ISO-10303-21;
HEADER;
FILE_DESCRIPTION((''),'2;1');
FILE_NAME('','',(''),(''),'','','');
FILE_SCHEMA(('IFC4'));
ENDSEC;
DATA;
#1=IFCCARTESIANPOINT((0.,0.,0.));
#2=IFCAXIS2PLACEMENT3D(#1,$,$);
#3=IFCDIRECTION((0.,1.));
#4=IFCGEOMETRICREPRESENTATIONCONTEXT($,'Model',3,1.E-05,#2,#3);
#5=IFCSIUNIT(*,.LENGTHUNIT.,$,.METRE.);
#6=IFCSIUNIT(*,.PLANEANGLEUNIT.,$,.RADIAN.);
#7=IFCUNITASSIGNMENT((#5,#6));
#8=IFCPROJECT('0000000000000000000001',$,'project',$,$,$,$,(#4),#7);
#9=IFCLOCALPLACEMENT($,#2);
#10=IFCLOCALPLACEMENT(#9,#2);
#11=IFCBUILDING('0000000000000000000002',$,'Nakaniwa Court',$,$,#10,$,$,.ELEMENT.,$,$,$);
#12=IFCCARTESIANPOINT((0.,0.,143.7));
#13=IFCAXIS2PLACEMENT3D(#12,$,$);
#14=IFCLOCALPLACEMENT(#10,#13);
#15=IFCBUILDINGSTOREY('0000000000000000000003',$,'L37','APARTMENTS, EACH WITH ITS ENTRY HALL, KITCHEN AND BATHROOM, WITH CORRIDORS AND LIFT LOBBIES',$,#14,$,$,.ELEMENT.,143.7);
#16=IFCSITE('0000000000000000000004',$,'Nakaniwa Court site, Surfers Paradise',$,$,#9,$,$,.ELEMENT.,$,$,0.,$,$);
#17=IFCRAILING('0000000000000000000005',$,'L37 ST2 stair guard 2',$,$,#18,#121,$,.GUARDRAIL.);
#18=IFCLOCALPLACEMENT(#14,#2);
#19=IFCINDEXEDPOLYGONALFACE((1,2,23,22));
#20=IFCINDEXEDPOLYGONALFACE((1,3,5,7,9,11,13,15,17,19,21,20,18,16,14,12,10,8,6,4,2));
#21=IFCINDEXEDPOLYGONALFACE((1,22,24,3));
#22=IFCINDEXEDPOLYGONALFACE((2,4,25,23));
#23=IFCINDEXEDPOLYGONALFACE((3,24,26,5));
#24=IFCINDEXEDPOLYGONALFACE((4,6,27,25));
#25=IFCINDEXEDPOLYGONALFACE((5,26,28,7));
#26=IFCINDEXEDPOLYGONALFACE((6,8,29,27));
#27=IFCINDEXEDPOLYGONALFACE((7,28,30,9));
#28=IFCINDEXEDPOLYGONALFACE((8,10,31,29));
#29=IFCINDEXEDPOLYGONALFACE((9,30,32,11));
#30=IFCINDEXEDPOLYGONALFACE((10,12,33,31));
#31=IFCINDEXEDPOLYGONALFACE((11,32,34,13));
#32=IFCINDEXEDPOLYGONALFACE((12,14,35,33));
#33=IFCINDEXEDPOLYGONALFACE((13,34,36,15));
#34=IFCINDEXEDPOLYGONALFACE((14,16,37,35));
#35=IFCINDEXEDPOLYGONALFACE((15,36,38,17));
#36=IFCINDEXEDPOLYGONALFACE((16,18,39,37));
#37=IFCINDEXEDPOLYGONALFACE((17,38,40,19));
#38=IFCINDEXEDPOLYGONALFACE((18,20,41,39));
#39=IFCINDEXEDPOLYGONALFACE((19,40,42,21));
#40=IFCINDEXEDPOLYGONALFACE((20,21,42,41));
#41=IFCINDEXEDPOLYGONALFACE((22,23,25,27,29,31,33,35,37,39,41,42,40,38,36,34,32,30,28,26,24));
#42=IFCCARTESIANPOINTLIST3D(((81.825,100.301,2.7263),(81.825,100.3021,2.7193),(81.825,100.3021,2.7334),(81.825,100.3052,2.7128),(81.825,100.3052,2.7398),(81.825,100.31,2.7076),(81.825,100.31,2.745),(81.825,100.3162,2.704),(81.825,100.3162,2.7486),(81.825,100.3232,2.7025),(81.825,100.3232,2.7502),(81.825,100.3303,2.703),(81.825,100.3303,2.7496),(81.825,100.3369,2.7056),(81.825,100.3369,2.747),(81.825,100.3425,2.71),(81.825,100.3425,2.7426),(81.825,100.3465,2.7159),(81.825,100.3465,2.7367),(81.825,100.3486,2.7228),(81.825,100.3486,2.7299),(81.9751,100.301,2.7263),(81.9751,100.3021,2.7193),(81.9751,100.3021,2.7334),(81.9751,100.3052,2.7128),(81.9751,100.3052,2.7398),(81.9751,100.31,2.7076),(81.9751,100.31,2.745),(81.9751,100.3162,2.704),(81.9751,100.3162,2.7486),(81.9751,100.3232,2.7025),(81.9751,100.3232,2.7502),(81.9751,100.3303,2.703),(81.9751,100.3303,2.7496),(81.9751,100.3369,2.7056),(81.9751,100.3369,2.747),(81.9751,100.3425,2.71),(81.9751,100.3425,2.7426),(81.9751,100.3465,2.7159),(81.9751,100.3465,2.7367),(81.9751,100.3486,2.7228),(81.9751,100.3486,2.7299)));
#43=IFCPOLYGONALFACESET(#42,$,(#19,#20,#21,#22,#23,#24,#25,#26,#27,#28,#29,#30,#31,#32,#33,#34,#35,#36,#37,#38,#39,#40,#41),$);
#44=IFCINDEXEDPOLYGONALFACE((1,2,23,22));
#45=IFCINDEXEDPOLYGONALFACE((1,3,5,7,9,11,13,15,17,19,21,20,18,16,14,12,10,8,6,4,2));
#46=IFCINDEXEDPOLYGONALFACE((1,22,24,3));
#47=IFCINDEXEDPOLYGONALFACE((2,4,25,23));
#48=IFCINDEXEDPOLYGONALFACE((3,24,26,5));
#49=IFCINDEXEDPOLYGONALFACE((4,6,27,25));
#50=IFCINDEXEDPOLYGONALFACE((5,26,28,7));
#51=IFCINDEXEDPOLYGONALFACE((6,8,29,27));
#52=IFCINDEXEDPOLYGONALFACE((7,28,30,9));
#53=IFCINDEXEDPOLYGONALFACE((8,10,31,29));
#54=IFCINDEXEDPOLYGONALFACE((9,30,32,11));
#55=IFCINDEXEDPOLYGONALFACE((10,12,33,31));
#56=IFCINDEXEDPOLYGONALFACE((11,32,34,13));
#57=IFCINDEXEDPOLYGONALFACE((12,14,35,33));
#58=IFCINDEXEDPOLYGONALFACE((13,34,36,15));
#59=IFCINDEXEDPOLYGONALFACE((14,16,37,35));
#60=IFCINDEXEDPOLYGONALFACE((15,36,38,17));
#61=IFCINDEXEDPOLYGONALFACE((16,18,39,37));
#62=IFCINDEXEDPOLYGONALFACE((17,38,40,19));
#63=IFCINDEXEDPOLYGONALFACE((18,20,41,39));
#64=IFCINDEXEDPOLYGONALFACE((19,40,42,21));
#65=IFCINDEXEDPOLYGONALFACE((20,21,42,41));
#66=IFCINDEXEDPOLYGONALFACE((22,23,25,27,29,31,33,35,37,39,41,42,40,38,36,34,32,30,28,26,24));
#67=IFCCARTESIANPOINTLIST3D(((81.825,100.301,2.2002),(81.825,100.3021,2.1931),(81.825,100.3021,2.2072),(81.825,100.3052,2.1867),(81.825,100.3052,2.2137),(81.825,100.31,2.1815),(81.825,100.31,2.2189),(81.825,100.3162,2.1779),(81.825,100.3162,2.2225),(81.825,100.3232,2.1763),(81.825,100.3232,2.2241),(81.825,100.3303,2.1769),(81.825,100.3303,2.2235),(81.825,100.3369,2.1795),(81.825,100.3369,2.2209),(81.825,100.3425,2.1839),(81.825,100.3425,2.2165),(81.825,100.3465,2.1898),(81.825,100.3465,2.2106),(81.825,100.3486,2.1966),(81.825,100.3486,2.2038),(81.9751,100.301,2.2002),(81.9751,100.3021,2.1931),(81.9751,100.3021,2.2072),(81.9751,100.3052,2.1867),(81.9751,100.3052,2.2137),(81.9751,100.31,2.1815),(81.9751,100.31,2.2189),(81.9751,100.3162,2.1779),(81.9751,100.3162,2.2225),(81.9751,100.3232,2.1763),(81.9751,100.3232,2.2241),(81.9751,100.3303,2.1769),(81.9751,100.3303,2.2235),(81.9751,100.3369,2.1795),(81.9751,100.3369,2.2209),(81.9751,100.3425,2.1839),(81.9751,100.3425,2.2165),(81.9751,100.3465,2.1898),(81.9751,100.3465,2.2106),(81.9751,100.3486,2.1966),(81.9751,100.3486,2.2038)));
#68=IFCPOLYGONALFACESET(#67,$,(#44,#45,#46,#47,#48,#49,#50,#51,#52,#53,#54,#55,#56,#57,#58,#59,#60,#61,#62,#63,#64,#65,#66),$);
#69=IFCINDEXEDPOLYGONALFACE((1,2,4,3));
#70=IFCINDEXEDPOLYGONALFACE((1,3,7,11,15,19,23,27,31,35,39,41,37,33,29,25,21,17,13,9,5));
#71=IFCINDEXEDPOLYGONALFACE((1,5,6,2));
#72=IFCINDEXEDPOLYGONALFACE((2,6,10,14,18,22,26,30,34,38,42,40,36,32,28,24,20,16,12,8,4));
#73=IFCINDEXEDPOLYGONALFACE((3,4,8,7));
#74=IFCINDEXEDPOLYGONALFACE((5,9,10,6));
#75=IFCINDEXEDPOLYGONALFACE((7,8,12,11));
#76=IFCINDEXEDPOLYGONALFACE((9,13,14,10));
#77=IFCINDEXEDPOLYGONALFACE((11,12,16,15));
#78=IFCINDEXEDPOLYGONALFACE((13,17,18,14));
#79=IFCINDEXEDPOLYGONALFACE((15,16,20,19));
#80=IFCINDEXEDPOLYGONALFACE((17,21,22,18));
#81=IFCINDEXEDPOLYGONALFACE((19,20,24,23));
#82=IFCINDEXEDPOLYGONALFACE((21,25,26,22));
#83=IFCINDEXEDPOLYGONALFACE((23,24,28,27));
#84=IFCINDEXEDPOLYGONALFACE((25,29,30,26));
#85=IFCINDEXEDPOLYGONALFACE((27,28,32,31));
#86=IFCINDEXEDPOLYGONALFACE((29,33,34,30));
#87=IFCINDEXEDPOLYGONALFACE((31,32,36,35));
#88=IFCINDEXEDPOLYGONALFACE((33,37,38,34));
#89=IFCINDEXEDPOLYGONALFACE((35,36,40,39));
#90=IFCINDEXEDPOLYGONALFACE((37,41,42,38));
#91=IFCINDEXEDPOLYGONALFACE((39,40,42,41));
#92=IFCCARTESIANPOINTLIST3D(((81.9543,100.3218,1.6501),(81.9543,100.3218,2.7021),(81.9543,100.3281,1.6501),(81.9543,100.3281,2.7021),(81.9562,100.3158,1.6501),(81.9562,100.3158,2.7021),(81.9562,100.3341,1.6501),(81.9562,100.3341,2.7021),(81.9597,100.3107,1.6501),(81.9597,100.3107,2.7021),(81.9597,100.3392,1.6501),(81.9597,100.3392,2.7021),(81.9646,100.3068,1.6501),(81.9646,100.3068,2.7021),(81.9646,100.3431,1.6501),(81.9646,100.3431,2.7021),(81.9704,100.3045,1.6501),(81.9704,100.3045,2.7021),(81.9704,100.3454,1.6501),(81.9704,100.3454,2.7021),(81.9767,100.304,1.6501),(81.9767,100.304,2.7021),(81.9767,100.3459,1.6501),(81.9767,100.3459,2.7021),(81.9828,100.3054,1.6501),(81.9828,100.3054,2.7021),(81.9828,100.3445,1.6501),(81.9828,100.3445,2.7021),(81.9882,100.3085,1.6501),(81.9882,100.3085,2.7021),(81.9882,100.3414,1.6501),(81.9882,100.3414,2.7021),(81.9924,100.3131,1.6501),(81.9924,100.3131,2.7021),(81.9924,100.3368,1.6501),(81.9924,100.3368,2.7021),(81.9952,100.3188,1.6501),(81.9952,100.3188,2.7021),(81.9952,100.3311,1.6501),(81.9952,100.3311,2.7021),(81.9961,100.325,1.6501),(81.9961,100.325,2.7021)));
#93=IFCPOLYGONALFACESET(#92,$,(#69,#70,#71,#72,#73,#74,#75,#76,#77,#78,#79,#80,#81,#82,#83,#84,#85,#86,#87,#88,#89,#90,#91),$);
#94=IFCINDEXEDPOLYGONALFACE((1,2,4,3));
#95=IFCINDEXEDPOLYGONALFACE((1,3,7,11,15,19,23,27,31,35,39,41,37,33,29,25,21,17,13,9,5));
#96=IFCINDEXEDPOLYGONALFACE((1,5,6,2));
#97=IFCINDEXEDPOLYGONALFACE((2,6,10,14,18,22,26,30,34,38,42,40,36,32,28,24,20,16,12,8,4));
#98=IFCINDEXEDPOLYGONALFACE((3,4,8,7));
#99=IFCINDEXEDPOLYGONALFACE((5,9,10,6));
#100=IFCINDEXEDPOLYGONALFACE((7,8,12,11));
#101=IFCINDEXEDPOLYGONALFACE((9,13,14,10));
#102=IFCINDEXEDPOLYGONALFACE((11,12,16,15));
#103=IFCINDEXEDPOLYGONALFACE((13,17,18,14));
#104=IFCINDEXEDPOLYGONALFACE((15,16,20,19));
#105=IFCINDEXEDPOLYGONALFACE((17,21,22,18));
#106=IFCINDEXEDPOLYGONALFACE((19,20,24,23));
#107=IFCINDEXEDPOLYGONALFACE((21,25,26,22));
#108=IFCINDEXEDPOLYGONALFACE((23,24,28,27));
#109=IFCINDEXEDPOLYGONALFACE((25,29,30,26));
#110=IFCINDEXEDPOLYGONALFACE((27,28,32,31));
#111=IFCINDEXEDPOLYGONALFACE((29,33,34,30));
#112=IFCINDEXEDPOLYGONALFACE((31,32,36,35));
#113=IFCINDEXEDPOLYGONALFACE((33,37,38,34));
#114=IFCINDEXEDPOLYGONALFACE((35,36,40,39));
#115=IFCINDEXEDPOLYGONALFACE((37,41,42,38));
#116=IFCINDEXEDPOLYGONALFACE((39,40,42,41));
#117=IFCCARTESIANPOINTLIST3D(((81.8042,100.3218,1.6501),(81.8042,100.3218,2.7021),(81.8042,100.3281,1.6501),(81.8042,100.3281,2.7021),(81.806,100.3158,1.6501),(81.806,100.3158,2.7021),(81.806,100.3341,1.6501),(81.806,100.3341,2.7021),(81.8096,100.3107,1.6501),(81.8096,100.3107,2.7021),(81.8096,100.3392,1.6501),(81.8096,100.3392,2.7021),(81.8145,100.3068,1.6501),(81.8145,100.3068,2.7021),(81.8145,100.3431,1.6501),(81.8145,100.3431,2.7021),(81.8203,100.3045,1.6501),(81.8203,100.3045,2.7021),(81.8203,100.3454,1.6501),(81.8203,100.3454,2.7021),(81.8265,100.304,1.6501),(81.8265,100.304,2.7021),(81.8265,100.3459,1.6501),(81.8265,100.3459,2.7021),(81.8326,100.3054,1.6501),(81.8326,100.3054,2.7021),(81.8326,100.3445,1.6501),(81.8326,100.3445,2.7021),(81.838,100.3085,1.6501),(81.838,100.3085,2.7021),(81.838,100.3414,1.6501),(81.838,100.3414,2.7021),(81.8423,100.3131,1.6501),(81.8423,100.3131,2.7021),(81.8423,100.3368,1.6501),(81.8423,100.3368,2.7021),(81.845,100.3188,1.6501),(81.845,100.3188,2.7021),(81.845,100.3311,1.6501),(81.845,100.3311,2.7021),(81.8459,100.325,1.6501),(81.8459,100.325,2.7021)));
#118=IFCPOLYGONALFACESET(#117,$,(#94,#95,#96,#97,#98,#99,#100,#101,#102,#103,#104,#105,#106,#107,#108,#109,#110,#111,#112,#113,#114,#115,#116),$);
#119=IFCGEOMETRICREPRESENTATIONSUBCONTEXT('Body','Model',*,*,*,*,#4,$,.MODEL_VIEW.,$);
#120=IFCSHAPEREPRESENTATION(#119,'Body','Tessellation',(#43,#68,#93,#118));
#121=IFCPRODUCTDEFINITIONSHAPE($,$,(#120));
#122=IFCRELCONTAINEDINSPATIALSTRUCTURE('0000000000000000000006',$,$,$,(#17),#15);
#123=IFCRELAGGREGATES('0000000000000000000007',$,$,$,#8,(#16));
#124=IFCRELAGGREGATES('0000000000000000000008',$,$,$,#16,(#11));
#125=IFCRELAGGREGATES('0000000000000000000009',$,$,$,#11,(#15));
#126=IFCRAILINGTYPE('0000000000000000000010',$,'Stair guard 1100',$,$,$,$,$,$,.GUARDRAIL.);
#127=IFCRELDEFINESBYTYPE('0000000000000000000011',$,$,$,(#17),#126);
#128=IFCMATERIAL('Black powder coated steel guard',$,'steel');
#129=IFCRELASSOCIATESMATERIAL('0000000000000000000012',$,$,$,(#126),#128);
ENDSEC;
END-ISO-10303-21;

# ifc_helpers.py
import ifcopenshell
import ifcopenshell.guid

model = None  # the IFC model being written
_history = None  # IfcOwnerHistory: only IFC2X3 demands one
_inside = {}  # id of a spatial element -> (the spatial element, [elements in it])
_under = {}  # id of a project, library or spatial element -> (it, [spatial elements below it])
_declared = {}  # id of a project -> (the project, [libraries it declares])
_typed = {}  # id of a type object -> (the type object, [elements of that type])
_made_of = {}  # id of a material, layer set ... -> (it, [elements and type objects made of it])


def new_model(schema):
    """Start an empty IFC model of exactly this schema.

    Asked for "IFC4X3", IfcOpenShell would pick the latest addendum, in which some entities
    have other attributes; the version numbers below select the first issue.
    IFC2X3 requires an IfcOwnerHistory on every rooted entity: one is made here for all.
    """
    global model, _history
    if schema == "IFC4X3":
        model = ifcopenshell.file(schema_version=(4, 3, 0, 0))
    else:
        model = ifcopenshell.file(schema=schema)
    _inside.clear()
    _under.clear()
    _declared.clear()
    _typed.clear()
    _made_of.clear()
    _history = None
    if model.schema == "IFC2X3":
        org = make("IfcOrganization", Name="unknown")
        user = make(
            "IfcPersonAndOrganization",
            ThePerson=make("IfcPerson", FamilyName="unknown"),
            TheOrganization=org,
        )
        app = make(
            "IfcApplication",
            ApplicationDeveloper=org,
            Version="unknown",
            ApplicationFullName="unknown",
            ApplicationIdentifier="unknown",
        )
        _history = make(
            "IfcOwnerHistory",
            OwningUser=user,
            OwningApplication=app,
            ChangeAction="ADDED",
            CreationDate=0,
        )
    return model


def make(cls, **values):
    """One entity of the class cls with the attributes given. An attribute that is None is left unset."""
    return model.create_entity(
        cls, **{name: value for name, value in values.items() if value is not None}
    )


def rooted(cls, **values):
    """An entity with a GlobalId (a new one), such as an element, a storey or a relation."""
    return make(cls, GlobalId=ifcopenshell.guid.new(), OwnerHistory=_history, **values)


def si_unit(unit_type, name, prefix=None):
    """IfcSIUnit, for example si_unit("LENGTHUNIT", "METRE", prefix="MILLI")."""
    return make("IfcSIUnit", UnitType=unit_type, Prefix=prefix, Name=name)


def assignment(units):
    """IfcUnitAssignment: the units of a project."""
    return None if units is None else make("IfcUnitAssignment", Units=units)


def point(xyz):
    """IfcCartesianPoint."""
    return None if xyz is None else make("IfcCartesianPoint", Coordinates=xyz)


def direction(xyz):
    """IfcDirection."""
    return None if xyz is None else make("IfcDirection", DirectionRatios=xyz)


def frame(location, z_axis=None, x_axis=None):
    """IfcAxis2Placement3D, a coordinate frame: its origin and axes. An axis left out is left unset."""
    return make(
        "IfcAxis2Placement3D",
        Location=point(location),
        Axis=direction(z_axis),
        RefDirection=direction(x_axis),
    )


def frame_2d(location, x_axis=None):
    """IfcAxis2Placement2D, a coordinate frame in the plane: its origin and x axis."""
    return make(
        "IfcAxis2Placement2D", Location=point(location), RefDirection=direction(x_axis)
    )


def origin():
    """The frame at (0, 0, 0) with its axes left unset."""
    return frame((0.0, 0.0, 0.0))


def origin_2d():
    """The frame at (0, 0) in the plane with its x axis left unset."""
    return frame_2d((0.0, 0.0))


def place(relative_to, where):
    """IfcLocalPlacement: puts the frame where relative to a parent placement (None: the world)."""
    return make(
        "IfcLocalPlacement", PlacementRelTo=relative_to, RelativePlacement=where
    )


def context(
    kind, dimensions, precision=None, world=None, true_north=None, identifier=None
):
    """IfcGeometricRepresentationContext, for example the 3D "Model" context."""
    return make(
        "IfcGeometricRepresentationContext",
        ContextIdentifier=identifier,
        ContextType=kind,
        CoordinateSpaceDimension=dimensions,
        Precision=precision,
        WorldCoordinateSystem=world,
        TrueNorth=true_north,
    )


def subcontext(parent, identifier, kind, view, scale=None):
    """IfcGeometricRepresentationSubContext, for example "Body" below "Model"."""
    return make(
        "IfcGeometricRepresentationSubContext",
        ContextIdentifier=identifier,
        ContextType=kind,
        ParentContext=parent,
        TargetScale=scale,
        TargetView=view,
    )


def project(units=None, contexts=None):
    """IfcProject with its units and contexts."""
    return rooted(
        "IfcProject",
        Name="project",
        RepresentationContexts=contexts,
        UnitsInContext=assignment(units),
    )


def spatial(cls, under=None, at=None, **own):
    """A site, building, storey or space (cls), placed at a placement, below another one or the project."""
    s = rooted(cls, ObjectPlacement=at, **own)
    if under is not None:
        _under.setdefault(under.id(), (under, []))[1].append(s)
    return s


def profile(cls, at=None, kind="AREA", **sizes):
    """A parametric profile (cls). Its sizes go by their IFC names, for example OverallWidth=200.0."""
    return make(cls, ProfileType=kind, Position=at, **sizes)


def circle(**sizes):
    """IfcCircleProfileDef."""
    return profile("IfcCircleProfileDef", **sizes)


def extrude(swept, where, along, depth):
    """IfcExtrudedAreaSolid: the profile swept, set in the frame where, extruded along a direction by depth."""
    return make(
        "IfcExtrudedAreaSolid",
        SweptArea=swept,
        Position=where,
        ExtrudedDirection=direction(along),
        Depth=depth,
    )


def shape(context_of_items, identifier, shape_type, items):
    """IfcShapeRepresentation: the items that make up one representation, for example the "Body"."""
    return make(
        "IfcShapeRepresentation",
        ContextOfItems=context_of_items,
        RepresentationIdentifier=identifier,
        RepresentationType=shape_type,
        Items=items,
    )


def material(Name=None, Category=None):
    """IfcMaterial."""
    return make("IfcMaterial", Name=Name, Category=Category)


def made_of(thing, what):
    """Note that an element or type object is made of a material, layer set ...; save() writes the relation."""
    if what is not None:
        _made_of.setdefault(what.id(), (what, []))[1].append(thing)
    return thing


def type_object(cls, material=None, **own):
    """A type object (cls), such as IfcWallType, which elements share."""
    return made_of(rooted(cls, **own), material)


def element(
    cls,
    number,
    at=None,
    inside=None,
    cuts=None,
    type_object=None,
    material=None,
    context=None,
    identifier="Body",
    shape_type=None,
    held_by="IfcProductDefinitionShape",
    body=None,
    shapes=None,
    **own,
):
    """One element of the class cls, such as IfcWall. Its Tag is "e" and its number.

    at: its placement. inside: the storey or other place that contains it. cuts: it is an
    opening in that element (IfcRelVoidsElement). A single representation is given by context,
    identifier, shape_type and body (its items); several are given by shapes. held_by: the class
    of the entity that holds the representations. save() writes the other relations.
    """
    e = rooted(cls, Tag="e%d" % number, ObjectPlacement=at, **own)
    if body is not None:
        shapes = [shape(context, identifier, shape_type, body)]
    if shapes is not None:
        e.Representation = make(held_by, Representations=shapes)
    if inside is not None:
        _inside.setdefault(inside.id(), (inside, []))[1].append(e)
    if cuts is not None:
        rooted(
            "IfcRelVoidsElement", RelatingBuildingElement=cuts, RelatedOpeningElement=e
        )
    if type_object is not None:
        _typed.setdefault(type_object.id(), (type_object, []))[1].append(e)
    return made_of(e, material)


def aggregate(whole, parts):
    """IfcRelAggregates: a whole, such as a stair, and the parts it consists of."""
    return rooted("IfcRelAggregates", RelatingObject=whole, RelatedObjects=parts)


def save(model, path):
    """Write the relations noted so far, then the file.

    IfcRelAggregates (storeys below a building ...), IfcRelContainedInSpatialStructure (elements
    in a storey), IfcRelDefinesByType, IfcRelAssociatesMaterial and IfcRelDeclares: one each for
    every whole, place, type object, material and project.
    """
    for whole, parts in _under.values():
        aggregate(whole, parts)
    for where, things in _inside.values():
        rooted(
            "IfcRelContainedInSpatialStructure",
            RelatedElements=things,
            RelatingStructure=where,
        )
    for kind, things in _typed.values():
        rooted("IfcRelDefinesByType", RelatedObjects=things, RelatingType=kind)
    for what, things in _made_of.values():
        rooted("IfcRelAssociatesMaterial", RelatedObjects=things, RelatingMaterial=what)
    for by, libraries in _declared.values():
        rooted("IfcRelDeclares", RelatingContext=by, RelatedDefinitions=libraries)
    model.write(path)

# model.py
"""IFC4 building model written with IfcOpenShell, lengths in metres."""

from ifc_helpers import new_model, si_unit, direction, frame, origin, origin_2d, place, context, subcontext, project, spatial, circle, extrude, material, type_object, element, save


model = new_model("IFC4")

# Units and contexts
model_context = context("Model", 3, precision=1e-05, world=origin(), true_north=direction((0.0, 1.0)))
body_context = subcontext(model_context, "Body", "Model", "MODEL_VIEW")
ifc_project = project(units=[si_unit("LENGTHUNIT", "METRE"), si_unit("PLANEANGLEUNIT", "RADIAN")], contexts=[model_context])

# Site, building, storey
site_placement = place(None, origin())
site = spatial("IfcSite", under=ifc_project, at=site_placement, Name="Nakaniwa Court site, Surfers Paradise", CompositionType="ELEMENT", RefElevation=0.0)
building_placement = place(site_placement, origin())
building = spatial("IfcBuilding", under=site, at=building_placement, Name="Nakaniwa Court", CompositionType="ELEMENT")
storey_placement = place(building_placement, frame((0.0, 0.0, 143.7)))
storey = spatial("IfcBuildingStorey", under=building, at=storey_placement, Name="L37", Description="APARTMENTS, EACH WITH ITS ENTRY HALL, KITCHEN AND BATHROOM, WITH CORRIDORS AND LIFT LOBBIES", CompositionType="ELEMENT", Elevation=143.7)

# Railing
ifc_material_1 = material(Name="Black powder coated steel guard", Category="steel")
railing_type_1 = type_object("IfcRailingType", Name="Stair guard 1100", PredefinedType="GUARDRAIL", material=ifc_material_1)
railing_1_placement = place(storey_placement, frame((81.9751, 100.325, 1.6501)))
element("IfcRailing", 1, at=railing_1_placement, inside=storey, type_object=railing_type_1, Name="L37 ST2 stair guard 2", PredefinedType="GUARDRAIL", context=body_context, shape_type="SweptSolid", body=[
    extrude(circle(Radius=0.0239, at=origin_2d()), frame((0.0, 0.0, 1.0762), z_axis=(-1.0, 0.0, 0.0), x_axis=(0.0, -1.0, 0.0)), (0.0, 0.0, 1.0), 0.1501),
    extrude(circle(Radius=0.0239, at=origin_2d()), frame((0.0, 0.0, 0.55), z_axis=(-1.0, 0.0, 0.0), x_axis=(0.0, -1.0, 0.0)), (0.0, 0.0, 1.0), 0.1501),
    extrude(circle(Radius=0.021, at=origin_2d()), origin(), (0.0, 0.0, 1.0), 1.052),
    extrude(circle(Radius=0.021, at=origin_2d()), frame((-0.1501, 0.0, 0.0)), (0.0, 0.0, 1.0), 1.052),
])

save(model, "model.ifc")
